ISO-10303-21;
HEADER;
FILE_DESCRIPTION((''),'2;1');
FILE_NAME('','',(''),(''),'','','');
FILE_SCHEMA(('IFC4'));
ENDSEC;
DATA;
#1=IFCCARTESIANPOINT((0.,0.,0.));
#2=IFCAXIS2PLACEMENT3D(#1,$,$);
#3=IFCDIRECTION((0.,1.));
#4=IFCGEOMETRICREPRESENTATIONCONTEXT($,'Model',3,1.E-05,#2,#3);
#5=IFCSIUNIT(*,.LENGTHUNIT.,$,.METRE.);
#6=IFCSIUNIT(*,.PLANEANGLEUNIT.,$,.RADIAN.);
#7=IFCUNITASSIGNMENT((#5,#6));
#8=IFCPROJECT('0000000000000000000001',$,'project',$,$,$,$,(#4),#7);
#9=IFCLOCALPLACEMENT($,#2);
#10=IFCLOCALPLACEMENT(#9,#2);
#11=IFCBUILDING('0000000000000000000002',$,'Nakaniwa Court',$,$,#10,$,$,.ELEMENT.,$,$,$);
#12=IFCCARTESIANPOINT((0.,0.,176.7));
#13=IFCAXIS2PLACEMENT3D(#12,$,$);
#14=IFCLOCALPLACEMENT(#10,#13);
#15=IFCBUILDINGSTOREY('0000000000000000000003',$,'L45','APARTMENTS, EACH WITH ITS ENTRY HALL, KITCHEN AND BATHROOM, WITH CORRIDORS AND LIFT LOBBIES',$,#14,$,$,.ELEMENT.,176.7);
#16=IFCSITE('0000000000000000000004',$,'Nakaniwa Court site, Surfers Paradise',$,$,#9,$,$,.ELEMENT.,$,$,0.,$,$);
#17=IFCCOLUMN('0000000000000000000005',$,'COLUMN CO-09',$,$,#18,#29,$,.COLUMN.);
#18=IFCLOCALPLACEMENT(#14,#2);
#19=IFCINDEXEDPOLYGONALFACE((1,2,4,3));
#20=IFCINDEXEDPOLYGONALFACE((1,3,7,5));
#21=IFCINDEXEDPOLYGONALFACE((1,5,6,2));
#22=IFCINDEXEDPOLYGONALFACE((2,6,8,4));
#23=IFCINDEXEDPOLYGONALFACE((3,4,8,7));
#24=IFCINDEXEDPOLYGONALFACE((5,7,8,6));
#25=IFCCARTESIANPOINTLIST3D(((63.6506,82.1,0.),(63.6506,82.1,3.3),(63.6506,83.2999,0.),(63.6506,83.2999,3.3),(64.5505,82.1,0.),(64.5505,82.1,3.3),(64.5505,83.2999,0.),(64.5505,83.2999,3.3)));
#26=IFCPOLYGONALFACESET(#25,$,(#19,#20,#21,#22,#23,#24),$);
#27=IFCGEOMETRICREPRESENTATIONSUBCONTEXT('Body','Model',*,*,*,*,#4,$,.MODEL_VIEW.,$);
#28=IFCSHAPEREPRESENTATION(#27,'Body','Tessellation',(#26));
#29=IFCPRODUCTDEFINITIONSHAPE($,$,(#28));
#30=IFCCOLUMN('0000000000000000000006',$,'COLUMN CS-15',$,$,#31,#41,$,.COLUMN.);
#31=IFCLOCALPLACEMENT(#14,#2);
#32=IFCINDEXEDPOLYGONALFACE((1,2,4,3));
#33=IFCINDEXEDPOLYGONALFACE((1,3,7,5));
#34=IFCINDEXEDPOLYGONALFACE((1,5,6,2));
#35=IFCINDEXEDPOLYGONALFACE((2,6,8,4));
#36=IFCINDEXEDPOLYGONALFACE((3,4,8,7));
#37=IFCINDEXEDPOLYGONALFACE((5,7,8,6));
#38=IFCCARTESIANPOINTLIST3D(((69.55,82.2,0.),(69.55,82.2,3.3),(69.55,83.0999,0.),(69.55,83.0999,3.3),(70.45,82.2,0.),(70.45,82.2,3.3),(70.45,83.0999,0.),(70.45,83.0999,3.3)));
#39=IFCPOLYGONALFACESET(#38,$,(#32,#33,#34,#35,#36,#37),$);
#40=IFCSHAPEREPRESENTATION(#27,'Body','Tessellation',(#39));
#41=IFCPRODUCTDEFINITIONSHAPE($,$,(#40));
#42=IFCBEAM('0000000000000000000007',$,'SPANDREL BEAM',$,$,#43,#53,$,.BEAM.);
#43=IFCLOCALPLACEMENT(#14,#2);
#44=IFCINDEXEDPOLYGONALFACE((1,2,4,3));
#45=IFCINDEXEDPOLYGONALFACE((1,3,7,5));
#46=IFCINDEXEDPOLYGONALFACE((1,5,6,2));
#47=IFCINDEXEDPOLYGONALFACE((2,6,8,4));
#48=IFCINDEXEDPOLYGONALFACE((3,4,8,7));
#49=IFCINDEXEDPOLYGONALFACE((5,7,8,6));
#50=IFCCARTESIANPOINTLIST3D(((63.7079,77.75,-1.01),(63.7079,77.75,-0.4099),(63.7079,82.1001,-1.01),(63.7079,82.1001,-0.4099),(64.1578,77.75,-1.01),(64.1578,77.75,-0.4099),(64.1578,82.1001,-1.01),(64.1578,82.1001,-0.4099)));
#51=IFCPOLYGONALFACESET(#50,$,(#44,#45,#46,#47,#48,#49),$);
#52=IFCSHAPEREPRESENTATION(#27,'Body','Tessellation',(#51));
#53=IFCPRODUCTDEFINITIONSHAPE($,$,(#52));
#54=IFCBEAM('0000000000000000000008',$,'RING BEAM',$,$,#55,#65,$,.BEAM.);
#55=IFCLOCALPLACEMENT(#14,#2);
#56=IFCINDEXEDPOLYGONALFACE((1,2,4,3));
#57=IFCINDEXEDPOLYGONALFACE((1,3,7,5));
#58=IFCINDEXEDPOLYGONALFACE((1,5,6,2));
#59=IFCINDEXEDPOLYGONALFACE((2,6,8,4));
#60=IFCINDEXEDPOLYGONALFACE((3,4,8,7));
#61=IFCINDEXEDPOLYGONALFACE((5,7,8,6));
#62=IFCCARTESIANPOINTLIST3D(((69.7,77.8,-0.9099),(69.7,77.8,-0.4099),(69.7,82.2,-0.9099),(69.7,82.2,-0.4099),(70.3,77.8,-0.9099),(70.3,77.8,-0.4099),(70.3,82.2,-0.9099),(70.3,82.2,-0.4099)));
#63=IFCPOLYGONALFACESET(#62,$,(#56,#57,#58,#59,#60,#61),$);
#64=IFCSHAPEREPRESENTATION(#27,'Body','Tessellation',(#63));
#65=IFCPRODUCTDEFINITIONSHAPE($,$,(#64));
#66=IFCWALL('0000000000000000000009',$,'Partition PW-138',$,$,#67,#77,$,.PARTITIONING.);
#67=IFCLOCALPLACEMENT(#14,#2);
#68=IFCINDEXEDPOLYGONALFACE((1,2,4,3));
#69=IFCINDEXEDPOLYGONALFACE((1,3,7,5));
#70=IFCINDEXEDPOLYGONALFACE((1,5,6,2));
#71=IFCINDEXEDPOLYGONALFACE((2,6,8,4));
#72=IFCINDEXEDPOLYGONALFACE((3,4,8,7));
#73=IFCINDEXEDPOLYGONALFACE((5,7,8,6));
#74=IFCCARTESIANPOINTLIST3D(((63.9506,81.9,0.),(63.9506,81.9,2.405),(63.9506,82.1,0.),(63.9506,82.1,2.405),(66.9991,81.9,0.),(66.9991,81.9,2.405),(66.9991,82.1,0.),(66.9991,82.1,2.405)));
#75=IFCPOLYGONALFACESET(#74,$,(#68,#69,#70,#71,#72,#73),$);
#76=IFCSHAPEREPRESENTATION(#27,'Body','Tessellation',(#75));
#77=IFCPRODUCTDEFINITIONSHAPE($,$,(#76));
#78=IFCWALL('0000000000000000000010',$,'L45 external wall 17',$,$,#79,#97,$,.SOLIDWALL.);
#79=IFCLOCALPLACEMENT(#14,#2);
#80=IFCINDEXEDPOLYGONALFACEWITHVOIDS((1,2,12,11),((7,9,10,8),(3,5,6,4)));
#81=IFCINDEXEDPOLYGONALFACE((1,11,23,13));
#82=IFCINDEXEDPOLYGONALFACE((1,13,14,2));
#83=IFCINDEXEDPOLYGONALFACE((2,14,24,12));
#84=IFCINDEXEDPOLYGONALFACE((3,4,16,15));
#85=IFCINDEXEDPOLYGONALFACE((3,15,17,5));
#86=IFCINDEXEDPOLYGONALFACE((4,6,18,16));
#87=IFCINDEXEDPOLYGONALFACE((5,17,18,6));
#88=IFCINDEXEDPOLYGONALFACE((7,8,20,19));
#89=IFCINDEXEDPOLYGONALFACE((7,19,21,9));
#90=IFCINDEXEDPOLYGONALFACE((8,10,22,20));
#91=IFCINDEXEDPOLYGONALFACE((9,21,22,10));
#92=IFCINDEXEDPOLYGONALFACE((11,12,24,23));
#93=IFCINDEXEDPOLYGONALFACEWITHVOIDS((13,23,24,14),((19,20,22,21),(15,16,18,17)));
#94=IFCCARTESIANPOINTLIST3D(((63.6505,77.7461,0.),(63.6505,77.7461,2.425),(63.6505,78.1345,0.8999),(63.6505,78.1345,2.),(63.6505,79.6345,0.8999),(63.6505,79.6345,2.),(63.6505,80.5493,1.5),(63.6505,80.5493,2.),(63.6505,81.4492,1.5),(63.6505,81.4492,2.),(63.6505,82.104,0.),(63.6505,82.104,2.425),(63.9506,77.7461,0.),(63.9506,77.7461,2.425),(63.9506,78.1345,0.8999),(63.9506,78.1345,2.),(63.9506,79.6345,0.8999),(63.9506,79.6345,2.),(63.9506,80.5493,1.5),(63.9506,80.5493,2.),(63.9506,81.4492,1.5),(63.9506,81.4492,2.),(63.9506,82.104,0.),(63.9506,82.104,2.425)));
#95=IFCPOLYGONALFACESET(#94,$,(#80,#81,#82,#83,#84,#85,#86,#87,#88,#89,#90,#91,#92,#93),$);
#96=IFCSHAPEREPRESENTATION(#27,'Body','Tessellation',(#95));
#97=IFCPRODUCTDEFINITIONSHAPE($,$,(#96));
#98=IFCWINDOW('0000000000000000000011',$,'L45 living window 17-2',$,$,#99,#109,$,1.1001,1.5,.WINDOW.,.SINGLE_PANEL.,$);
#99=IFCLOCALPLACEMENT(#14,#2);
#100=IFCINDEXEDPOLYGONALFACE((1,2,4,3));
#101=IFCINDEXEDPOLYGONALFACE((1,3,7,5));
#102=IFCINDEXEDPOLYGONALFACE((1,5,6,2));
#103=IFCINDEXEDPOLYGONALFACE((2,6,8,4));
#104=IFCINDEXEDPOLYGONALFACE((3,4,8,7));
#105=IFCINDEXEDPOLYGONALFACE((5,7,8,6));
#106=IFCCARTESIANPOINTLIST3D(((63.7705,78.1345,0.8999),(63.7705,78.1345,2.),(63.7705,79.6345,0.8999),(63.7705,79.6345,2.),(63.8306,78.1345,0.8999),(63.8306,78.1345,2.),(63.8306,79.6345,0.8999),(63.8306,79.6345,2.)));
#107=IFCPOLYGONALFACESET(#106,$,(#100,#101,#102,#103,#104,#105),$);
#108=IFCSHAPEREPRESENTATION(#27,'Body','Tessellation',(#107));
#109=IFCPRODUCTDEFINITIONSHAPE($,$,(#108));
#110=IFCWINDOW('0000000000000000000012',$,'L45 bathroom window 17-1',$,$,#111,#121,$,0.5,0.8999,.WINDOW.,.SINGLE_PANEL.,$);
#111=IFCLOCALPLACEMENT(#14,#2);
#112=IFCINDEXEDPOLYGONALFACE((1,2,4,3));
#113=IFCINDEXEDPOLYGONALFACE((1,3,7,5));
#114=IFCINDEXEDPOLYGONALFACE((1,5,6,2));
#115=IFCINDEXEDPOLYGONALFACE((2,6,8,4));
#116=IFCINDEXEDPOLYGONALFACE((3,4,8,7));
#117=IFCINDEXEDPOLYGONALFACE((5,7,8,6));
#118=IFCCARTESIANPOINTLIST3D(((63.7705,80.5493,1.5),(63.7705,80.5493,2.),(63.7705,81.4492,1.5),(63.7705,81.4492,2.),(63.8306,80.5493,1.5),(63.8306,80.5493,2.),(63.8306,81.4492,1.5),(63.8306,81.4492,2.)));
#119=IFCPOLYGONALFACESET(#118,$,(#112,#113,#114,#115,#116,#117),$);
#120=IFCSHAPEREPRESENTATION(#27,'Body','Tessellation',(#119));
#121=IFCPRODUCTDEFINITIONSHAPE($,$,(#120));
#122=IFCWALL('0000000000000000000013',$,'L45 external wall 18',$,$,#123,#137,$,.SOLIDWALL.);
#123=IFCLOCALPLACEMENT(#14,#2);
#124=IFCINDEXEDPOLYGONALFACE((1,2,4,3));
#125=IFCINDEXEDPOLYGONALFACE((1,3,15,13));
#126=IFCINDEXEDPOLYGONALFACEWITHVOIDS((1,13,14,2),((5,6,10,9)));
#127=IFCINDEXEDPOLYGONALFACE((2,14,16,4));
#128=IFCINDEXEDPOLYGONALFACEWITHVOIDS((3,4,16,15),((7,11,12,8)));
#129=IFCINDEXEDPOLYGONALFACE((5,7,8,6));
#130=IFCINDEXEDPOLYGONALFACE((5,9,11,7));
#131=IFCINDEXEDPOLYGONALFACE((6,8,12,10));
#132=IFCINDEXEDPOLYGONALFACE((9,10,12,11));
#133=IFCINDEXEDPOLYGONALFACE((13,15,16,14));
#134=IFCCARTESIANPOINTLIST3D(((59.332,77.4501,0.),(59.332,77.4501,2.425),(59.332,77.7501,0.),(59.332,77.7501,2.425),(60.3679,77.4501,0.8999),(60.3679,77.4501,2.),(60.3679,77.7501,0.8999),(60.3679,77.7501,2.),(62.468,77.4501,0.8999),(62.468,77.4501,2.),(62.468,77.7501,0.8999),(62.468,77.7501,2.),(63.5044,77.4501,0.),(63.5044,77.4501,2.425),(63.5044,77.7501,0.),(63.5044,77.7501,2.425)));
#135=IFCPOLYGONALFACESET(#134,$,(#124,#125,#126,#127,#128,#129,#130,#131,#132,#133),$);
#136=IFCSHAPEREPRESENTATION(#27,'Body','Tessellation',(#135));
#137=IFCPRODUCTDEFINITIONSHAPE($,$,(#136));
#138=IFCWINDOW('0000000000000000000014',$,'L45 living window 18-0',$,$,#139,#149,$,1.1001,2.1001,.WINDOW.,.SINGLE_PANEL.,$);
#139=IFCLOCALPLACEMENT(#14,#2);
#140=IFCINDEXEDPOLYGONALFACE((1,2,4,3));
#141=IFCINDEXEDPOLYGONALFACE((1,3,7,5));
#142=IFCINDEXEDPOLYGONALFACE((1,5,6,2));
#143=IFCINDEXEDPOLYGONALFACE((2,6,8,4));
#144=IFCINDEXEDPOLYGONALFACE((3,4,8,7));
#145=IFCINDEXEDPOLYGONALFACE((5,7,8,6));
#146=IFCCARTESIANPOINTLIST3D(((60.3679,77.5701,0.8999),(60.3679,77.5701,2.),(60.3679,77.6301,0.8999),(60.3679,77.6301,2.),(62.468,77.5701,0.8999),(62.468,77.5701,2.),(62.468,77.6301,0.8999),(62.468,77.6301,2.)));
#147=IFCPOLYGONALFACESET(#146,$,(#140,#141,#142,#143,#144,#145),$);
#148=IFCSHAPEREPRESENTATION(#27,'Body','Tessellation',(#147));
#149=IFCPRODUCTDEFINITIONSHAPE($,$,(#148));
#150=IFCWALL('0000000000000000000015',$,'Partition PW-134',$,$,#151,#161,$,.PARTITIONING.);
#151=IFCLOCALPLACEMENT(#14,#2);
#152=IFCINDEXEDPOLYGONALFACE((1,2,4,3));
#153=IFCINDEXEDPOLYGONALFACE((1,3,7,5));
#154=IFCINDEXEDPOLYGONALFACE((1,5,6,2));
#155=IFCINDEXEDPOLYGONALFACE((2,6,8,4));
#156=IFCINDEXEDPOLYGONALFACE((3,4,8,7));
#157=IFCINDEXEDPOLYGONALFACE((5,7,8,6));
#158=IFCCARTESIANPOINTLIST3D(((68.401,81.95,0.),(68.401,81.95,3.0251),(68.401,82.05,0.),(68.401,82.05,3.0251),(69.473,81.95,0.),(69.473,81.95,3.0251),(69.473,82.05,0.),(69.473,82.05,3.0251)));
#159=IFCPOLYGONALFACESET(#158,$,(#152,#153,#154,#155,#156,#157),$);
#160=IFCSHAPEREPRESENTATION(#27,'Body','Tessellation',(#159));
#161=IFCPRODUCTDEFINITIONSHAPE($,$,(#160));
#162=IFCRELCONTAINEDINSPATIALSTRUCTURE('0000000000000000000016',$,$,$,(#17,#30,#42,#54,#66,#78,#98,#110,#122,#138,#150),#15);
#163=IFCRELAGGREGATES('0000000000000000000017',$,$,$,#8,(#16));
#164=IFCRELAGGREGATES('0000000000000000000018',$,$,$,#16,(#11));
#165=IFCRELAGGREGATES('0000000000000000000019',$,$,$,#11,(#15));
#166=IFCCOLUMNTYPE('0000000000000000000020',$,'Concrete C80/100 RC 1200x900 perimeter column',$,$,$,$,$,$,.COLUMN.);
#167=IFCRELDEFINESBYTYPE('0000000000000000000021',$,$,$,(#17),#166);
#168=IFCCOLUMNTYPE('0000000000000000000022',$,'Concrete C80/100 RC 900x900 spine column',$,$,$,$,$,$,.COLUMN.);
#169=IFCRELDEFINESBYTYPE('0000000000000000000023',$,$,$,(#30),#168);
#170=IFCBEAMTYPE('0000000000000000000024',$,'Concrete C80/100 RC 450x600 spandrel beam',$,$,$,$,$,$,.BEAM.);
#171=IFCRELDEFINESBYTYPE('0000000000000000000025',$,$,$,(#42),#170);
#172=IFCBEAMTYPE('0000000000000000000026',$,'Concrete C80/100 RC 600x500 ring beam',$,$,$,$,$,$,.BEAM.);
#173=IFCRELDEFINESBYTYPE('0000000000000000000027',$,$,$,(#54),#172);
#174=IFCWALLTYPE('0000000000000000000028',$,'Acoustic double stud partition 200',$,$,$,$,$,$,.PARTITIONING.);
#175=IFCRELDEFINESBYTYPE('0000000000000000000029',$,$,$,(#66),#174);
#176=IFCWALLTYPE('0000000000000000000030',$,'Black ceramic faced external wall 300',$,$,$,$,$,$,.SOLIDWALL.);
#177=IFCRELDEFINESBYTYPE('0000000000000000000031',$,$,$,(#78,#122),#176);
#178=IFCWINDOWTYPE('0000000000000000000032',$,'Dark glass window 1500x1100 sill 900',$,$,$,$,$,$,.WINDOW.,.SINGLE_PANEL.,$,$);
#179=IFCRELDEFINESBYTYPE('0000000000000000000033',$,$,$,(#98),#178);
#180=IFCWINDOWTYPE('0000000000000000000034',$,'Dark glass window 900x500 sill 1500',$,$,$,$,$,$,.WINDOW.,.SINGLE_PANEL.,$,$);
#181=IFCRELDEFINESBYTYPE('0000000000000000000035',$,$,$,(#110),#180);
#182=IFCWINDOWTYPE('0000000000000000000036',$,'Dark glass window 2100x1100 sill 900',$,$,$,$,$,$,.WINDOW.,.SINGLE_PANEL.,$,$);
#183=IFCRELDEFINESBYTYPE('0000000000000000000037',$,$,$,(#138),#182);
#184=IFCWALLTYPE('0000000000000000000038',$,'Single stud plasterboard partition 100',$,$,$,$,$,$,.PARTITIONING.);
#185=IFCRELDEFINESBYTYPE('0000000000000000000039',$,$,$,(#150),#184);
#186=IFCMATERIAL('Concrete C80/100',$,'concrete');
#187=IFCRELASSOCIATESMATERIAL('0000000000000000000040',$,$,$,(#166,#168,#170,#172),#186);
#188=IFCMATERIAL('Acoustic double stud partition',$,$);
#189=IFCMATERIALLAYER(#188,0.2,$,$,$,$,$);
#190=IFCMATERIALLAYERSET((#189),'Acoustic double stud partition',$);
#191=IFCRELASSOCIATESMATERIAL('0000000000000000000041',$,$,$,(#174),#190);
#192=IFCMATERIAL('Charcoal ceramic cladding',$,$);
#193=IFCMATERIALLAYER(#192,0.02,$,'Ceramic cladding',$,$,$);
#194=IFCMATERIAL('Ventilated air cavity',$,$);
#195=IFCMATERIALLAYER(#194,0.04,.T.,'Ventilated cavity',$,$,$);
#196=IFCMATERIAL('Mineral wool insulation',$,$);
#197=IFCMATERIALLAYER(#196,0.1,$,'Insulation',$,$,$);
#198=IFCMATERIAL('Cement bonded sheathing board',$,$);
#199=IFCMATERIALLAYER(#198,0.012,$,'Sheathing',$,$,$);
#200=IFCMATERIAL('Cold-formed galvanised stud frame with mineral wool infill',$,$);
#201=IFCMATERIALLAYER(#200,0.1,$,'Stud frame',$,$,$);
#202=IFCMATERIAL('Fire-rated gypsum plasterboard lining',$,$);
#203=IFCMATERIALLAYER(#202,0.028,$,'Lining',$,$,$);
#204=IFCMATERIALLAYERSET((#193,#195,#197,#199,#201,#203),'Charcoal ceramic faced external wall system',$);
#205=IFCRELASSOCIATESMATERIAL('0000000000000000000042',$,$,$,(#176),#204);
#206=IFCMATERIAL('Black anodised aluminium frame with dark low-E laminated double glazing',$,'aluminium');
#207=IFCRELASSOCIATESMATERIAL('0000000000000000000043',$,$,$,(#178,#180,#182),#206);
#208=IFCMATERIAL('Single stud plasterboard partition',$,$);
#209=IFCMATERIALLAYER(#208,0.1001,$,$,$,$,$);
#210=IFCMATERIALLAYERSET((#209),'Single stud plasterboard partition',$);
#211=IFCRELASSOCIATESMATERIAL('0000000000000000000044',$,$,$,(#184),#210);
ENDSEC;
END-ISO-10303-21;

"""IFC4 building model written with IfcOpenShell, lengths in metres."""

from ifc_helpers import new_model, si_unit, direction, frame, frame_2d, origin, origin_2d, place, context, subcontext, project, spatial, rectangle, extrude, material, layer, layer_set, material_profile, profile_set, type_object, element, fill, save


model = new_model("IFC4")

# Units and contexts
model_context = context("Model", 3, precision=1e-05, world=origin(), true_north=direction((0.0, 1.0)))
body_context = subcontext(model_context, "Body", "Model", "MODEL_VIEW")
ifc_project = project(units=[si_unit("LENGTHUNIT", "METRE"), si_unit("PLANEANGLEUNIT", "RADIAN")], contexts=[model_context])

# Site, building, storey
site_placement = place(None, origin())
site = spatial("IfcSite", under=ifc_project, at=site_placement, Name="Nakaniwa Court site, Surfers Paradise", CompositionType="ELEMENT", RefElevation=0.0)
building_placement = place(site_placement, origin())
building = spatial("IfcBuilding", under=site, at=building_placement, Name="Nakaniwa Court", CompositionType="ELEMENT")
storey_placement = place(building_placement, frame((0.0, 0.0, 176.7)))
storey = spatial("IfcBuildingStorey", under=building, at=storey_placement, Name="L45", Description="APARTMENTS, EACH WITH ITS ENTRY HALL, KITCHEN AND BATHROOM, WITH CORRIDORS AND LIFT LOBBIES", CompositionType="ELEMENT", Elevation=176.7)

# Columns
ifc_material_1 = material(Name="Concrete C80/100", Category="concrete")
ifc_material_profile_1 = material_profile(ifc_material_1, rectangle(XDim=1.2, YDim=0.8999, at=origin_2d()), Name="Concrete C80/100 RC 1200x900 perimeter column")
ifc_profile_set_1 = profile_set([ifc_material_profile_1], Name="Concrete C80/100")
column_type_1 = type_object("IfcColumnType", Name="Concrete C80/100 RC 1200x900 perimeter column", PredefinedType="COLUMN", material=ifc_profile_set_1)
column_1_placement = place(storey_placement, frame((64.1006, 82.7, 0.0), z_axis=(0.0, 0.0, 1.0), x_axis=(0.0, -1.0, 0.0)))
element("IfcColumn", 1, at=column_1_placement, inside=storey, type_object=column_type_1, Name="COLUMN CO-09", PredefinedType="COLUMN", context=body_context, shape_type="SweptSolid", body=[
    extrude(rectangle(XDim=1.2, YDim=0.8999, at=origin_2d()), origin(), (0.0, 0.0, 1.0), 3.3),
])
ifc_material_profile_2 = material_profile(ifc_material_1, rectangle(XDim=0.8999, YDim=0.8999, at=origin_2d()), Name="Concrete C80/100 RC 900x900 spine column")
ifc_profile_set_2 = profile_set([ifc_material_profile_2], Name="Concrete C80/100")
column_type_2 = type_object("IfcColumnType", Name="Concrete C80/100 RC 900x900 spine column", PredefinedType="COLUMN", material=ifc_profile_set_2)
column_2_placement = place(storey_placement, frame((70.0, 82.6499, 0.0), z_axis=(0.0, 0.0, 1.0), x_axis=(0.0, -1.0, 0.0)))
element("IfcColumn", 2, at=column_2_placement, inside=storey, type_object=column_type_2, Name="COLUMN CS-15", PredefinedType="COLUMN", context=body_context, shape_type="SweptSolid", body=[
    extrude(rectangle(XDim=0.8999, YDim=0.8999, at=origin_2d()), origin(), (0.0, 0.0, 1.0), 3.3),
])

# Beams
ifc_material_profile_3 = material_profile(ifc_material_1, rectangle(XDim=0.45, YDim=0.6001, at=origin_2d()), Name="Concrete C80/100 RC 450x600 spandrel beam")
ifc_profile_set_3 = profile_set([ifc_material_profile_3], Name="Concrete C80/100")
beam_type_1 = type_object("IfcBeamType", Name="Concrete C80/100 RC 450x600 spandrel beam", PredefinedType="BEAM", material=ifc_profile_set_3)
beam_1_placement = place(storey_placement, frame((63.9329, 82.1001, -0.71), z_axis=(0.0, -1.0, 0.0), x_axis=(1.0, 0.0, 0.0)))
element("IfcBeam", 3, at=beam_1_placement, inside=storey, type_object=beam_type_1, Name="SPANDREL BEAM", PredefinedType="BEAM", context=body_context, shape_type="SweptSolid", body=[
    extrude(rectangle(XDim=0.45, YDim=0.6001, at=origin_2d()), origin(), (0.0, 0.0, 1.0), 4.3501),
])
ifc_material_profile_4 = material_profile(ifc_material_1, rectangle(XDim=0.6001, YDim=0.5, at=origin_2d()), Name="Concrete C80/100 RC 600x500 ring beam")
ifc_profile_set_4 = profile_set([ifc_material_profile_4], Name="Concrete C80/100")
beam_type_2 = type_object("IfcBeamType", Name="Concrete C80/100 RC 600x500 ring beam", PredefinedType="BEAM", material=ifc_profile_set_4)
beam_2_placement = place(storey_placement, frame((70.0, 82.2, -0.6599), z_axis=(0.0, -1.0, 0.0), x_axis=(1.0, 0.0, 0.0)))
element("IfcBeam", 4, at=beam_2_placement, inside=storey, type_object=beam_type_2, Name="RING BEAM", PredefinedType="BEAM", context=body_context, shape_type="SweptSolid", body=[
    extrude(rectangle(XDim=0.6001, YDim=0.5, at=origin_2d()), origin(), (0.0, 0.0, 1.0), 4.3999),
])

# Wall
ifc_material_2 = material(Name="Acoustic double stud partition")
ifc_layer_1 = layer(ifc_material_2, 0.2)
ifc_layer_set_1 = layer_set([ifc_layer_1], Name="Acoustic double stud partition")
wall_type_1 = type_object("IfcWallType", Name="Acoustic double stud partition 200", PredefinedType="PARTITIONING", material=ifc_layer_set_1)
wall_1_placement = place(storey_placement, frame((63.9504, 82.0, 0.0), z_axis=(0.0, 0.0, 1.0), x_axis=(1.0, 0.0, 0.0)))
element("IfcWall", 5, at=wall_1_placement, inside=storey, type_object=wall_type_1, Name="Partition PW-138", PredefinedType="PARTITIONING", context=body_context, shape_type="SweptSolid", body=[
    extrude(rectangle(XDim=3.0486, YDim=0.2, at=frame_2d((1.5244, 0.0))), origin(), (0.0, 0.0, 1.0), 2.405),
])

# Wall, openings, windows
ifc_material_3 = material(Name="Charcoal ceramic cladding")
ifc_layer_2 = layer(ifc_material_3, 0.02, Name="Ceramic cladding")
ifc_material_4 = material(Name="Ventilated air cavity")
ifc_layer_3 = layer(ifc_material_4, 0.04, ventilated=True, Name="Ventilated cavity")
ifc_material_5 = material(Name="Mineral wool insulation")
ifc_layer_4 = layer(ifc_material_5, 0.1, Name="Insulation")
ifc_material_6 = material(Name="Cement bonded sheathing board")
ifc_layer_5 = layer(ifc_material_6, 0.012, Name="Sheathing")
ifc_material_7 = material(Name="Cold-formed galvanised stud frame with mineral wool infill")
ifc_layer_6 = layer(ifc_material_7, 0.1, Name="Stud frame")
ifc_material_8 = material(Name="Fire-rated gypsum plasterboard lining")
ifc_layer_7 = layer(ifc_material_8, 0.028, Name="Lining")
ifc_layer_set_2 = layer_set([ifc_layer_2, ifc_layer_3, ifc_layer_4, ifc_layer_5, ifc_layer_6, ifc_layer_7], Name="Charcoal ceramic faced external wall system")
wall_type_2 = type_object("IfcWallType", Name="Black ceramic faced external wall 300", PredefinedType="SOLIDWALL", material=ifc_layer_set_2)
wall_2_placement = place(storey_placement, frame((63.8005, 82.104, 0.0), z_axis=(0.0, 0.0, 1.0), x_axis=(0.0, -1.0, 0.0)))
wall_2 = element("IfcWall", 6, at=wall_2_placement, inside=storey, type_object=wall_type_2, Name="L45 external wall 17", PredefinedType="SOLIDWALL", context=body_context, shape_type="SweptSolid", body=[
    extrude(rectangle(XDim=4.3579, YDim=0.3, at=frame_2d((2.179, 0.0))), origin(), (0.0, 0.0, 1.0), 2.425),
])
opening_1_placement = place(wall_2_placement, frame((0.6548, 0.0, 1.5)))
opening_1 = element("IfcOpeningElement", 7, at=opening_1_placement, cuts=wall_2, PredefinedType="OPENING", context=body_context, shape_type="SweptSolid", body=[
    extrude(rectangle(XDim=0.8999, YDim=0.5, at=frame_2d((0.45, 0.25))), frame((0.0, 0.1599, 0.0), z_axis=(0.0, -1.0, 0.0), x_axis=(1.0, 0.0, 0.0)), (0.0, 0.0, 1.0), 0.3201),
])
opening_2_placement = place(wall_2_placement, frame((2.4695, 0.0, 0.8999)))
opening_2 = element("IfcOpeningElement", 8, at=opening_2_placement, cuts=wall_2, PredefinedType="OPENING", context=body_context, shape_type="SweptSolid", body=[
    extrude(rectangle(XDim=1.5, YDim=1.1001, at=frame_2d((0.75, 0.55))), frame((0.0, 0.1599, 0.0), z_axis=(0.0, -1.0, 0.0), x_axis=(1.0, 0.0, 0.0)), (0.0, 0.0, 1.0), 0.3201),
])
ifc_material_9 = material(Name="Black anodised aluminium frame with dark low-E laminated double glazing", Category="aluminium")
window_type_1 = type_object("IfcWindowType", Name="Dark glass window 1500x1100 sill 900", PartitioningType="SINGLE_PANEL", PredefinedType="WINDOW", material=ifc_material_9)
window_1_placement = place(opening_2_placement, origin())
window_1 = element("IfcWindow", 9, at=window_1_placement, inside=storey, type_object=window_type_1, Name="L45 living window 17-2", OverallHeight=1.1001, OverallWidth=1.5, PartitioningType="SINGLE_PANEL", PredefinedType="WINDOW", context=body_context, shape_type="SweptSolid", body=[
    extrude(rectangle(XDim=1.5, YDim=1.1001, at=frame_2d((0.75, 0.55))), frame((0.0, 0.03, 0.0), z_axis=(0.0, -1.0, 0.0), x_axis=(1.0, 0.0, 0.0)), (0.0, 0.0, 1.0), 0.0601),
])
fill(opening_2, window_1)
window_type_2 = type_object("IfcWindowType", Name="Dark glass window 900x500 sill 1500", PartitioningType="SINGLE_PANEL", PredefinedType="WINDOW", material=ifc_material_9)
window_2_placement = place(opening_1_placement, origin())
window_2 = element("IfcWindow", 10, at=window_2_placement, inside=storey, type_object=window_type_2, Name="L45 bathroom window 17-1", OverallHeight=0.5, OverallWidth=0.8999, PartitioningType="SINGLE_PANEL", PredefinedType="WINDOW", context=body_context, shape_type="SweptSolid", body=[
    extrude(rectangle(XDim=0.8999, YDim=0.5, at=frame_2d((0.45, 0.25))), frame((0.0, 0.03, 0.0), z_axis=(0.0, -1.0, 0.0), x_axis=(1.0, 0.0, 0.0)), (0.0, 0.0, 1.0), 0.0601),
])
fill(opening_1, window_2)

# Wall, opening, window
wall_3_placement = place(storey_placement, frame((63.5044, 77.6001, 0.0), z_axis=(0.0, 0.0, 1.0), x_axis=(-1.0, 0.0, 0.0)))
wall_3 = element("IfcWall", 11, at=wall_3_placement, inside=storey, type_object=wall_type_2, Name="L45 external wall 18", PredefinedType="SOLIDWALL", context=body_context, shape_type="SweptSolid", body=[
    extrude(rectangle(XDim=4.1724, YDim=0.3, at=frame_2d((2.0862, 0.0))), origin(), (0.0, 0.0, 1.0), 2.425),
])
opening_3_placement = place(wall_3_placement, frame((1.0364, 0.0, 0.8999)))
opening_3 = element("IfcOpeningElement", 12, at=opening_3_placement, cuts=wall_3, PredefinedType="OPENING", context=body_context, shape_type="SweptSolid", body=[
    extrude(rectangle(XDim=2.1001, YDim=1.1001, at=frame_2d((1.05, 0.55))), frame((0.0, 0.1599, 0.0), z_axis=(0.0, -1.0, 0.0), x_axis=(1.0, 0.0, 0.0)), (0.0, 0.0, 1.0), 0.3201),
])
window_type_3 = type_object("IfcWindowType", Name="Dark glass window 2100x1100 sill 900", PartitioningType="SINGLE_PANEL", PredefinedType="WINDOW", material=ifc_material_9)
window_3_placement = place(opening_3_placement, origin())
window_3 = element("IfcWindow", 13, at=window_3_placement, inside=storey, type_object=window_type_3, Name="L45 living window 18-0", OverallHeight=1.1001, OverallWidth=2.1001, PartitioningType="SINGLE_PANEL", PredefinedType="WINDOW", context=body_context, shape_type="SweptSolid", body=[
    extrude(rectangle(XDim=2.1001, YDim=1.1001, at=frame_2d((1.05, 0.55))), frame((0.0, 0.03, 0.0), z_axis=(0.0, -1.0, 0.0), x_axis=(1.0, 0.0, 0.0)), (0.0, 0.0, 1.0), 0.0601),
])
fill(opening_3, window_3)

# Wall
ifc_material_10 = material(Name="Single stud plasterboard partition")
ifc_layer_8 = layer(ifc_material_10, 0.1001)
ifc_layer_set_3 = layer_set([ifc_layer_8], Name="Single stud plasterboard partition")
wall_type_3 = type_object("IfcWallType", Name="Single stud plasterboard partition 100", PredefinedType="PARTITIONING", material=ifc_layer_set_3)
wall_4_placement = place(storey_placement, frame((68.4009, 82.0, 0.0), z_axis=(0.0, 0.0, 1.0), x_axis=(1.0, 0.0, 0.0)))
element("IfcWall", 14, at=wall_4_placement, inside=storey, type_object=wall_type_3, Name="Partition PW-134", PredefinedType="PARTITIONING", context=body_context, shape_type="SweptSolid", body=[
    extrude(rectangle(XDim=1.072, YDim=0.1001, at=frame_2d((0.5361, 0.0))), origin(), (0.0, 0.0, 1.0), 3.0251),
])

save(model, "model.ifc")
